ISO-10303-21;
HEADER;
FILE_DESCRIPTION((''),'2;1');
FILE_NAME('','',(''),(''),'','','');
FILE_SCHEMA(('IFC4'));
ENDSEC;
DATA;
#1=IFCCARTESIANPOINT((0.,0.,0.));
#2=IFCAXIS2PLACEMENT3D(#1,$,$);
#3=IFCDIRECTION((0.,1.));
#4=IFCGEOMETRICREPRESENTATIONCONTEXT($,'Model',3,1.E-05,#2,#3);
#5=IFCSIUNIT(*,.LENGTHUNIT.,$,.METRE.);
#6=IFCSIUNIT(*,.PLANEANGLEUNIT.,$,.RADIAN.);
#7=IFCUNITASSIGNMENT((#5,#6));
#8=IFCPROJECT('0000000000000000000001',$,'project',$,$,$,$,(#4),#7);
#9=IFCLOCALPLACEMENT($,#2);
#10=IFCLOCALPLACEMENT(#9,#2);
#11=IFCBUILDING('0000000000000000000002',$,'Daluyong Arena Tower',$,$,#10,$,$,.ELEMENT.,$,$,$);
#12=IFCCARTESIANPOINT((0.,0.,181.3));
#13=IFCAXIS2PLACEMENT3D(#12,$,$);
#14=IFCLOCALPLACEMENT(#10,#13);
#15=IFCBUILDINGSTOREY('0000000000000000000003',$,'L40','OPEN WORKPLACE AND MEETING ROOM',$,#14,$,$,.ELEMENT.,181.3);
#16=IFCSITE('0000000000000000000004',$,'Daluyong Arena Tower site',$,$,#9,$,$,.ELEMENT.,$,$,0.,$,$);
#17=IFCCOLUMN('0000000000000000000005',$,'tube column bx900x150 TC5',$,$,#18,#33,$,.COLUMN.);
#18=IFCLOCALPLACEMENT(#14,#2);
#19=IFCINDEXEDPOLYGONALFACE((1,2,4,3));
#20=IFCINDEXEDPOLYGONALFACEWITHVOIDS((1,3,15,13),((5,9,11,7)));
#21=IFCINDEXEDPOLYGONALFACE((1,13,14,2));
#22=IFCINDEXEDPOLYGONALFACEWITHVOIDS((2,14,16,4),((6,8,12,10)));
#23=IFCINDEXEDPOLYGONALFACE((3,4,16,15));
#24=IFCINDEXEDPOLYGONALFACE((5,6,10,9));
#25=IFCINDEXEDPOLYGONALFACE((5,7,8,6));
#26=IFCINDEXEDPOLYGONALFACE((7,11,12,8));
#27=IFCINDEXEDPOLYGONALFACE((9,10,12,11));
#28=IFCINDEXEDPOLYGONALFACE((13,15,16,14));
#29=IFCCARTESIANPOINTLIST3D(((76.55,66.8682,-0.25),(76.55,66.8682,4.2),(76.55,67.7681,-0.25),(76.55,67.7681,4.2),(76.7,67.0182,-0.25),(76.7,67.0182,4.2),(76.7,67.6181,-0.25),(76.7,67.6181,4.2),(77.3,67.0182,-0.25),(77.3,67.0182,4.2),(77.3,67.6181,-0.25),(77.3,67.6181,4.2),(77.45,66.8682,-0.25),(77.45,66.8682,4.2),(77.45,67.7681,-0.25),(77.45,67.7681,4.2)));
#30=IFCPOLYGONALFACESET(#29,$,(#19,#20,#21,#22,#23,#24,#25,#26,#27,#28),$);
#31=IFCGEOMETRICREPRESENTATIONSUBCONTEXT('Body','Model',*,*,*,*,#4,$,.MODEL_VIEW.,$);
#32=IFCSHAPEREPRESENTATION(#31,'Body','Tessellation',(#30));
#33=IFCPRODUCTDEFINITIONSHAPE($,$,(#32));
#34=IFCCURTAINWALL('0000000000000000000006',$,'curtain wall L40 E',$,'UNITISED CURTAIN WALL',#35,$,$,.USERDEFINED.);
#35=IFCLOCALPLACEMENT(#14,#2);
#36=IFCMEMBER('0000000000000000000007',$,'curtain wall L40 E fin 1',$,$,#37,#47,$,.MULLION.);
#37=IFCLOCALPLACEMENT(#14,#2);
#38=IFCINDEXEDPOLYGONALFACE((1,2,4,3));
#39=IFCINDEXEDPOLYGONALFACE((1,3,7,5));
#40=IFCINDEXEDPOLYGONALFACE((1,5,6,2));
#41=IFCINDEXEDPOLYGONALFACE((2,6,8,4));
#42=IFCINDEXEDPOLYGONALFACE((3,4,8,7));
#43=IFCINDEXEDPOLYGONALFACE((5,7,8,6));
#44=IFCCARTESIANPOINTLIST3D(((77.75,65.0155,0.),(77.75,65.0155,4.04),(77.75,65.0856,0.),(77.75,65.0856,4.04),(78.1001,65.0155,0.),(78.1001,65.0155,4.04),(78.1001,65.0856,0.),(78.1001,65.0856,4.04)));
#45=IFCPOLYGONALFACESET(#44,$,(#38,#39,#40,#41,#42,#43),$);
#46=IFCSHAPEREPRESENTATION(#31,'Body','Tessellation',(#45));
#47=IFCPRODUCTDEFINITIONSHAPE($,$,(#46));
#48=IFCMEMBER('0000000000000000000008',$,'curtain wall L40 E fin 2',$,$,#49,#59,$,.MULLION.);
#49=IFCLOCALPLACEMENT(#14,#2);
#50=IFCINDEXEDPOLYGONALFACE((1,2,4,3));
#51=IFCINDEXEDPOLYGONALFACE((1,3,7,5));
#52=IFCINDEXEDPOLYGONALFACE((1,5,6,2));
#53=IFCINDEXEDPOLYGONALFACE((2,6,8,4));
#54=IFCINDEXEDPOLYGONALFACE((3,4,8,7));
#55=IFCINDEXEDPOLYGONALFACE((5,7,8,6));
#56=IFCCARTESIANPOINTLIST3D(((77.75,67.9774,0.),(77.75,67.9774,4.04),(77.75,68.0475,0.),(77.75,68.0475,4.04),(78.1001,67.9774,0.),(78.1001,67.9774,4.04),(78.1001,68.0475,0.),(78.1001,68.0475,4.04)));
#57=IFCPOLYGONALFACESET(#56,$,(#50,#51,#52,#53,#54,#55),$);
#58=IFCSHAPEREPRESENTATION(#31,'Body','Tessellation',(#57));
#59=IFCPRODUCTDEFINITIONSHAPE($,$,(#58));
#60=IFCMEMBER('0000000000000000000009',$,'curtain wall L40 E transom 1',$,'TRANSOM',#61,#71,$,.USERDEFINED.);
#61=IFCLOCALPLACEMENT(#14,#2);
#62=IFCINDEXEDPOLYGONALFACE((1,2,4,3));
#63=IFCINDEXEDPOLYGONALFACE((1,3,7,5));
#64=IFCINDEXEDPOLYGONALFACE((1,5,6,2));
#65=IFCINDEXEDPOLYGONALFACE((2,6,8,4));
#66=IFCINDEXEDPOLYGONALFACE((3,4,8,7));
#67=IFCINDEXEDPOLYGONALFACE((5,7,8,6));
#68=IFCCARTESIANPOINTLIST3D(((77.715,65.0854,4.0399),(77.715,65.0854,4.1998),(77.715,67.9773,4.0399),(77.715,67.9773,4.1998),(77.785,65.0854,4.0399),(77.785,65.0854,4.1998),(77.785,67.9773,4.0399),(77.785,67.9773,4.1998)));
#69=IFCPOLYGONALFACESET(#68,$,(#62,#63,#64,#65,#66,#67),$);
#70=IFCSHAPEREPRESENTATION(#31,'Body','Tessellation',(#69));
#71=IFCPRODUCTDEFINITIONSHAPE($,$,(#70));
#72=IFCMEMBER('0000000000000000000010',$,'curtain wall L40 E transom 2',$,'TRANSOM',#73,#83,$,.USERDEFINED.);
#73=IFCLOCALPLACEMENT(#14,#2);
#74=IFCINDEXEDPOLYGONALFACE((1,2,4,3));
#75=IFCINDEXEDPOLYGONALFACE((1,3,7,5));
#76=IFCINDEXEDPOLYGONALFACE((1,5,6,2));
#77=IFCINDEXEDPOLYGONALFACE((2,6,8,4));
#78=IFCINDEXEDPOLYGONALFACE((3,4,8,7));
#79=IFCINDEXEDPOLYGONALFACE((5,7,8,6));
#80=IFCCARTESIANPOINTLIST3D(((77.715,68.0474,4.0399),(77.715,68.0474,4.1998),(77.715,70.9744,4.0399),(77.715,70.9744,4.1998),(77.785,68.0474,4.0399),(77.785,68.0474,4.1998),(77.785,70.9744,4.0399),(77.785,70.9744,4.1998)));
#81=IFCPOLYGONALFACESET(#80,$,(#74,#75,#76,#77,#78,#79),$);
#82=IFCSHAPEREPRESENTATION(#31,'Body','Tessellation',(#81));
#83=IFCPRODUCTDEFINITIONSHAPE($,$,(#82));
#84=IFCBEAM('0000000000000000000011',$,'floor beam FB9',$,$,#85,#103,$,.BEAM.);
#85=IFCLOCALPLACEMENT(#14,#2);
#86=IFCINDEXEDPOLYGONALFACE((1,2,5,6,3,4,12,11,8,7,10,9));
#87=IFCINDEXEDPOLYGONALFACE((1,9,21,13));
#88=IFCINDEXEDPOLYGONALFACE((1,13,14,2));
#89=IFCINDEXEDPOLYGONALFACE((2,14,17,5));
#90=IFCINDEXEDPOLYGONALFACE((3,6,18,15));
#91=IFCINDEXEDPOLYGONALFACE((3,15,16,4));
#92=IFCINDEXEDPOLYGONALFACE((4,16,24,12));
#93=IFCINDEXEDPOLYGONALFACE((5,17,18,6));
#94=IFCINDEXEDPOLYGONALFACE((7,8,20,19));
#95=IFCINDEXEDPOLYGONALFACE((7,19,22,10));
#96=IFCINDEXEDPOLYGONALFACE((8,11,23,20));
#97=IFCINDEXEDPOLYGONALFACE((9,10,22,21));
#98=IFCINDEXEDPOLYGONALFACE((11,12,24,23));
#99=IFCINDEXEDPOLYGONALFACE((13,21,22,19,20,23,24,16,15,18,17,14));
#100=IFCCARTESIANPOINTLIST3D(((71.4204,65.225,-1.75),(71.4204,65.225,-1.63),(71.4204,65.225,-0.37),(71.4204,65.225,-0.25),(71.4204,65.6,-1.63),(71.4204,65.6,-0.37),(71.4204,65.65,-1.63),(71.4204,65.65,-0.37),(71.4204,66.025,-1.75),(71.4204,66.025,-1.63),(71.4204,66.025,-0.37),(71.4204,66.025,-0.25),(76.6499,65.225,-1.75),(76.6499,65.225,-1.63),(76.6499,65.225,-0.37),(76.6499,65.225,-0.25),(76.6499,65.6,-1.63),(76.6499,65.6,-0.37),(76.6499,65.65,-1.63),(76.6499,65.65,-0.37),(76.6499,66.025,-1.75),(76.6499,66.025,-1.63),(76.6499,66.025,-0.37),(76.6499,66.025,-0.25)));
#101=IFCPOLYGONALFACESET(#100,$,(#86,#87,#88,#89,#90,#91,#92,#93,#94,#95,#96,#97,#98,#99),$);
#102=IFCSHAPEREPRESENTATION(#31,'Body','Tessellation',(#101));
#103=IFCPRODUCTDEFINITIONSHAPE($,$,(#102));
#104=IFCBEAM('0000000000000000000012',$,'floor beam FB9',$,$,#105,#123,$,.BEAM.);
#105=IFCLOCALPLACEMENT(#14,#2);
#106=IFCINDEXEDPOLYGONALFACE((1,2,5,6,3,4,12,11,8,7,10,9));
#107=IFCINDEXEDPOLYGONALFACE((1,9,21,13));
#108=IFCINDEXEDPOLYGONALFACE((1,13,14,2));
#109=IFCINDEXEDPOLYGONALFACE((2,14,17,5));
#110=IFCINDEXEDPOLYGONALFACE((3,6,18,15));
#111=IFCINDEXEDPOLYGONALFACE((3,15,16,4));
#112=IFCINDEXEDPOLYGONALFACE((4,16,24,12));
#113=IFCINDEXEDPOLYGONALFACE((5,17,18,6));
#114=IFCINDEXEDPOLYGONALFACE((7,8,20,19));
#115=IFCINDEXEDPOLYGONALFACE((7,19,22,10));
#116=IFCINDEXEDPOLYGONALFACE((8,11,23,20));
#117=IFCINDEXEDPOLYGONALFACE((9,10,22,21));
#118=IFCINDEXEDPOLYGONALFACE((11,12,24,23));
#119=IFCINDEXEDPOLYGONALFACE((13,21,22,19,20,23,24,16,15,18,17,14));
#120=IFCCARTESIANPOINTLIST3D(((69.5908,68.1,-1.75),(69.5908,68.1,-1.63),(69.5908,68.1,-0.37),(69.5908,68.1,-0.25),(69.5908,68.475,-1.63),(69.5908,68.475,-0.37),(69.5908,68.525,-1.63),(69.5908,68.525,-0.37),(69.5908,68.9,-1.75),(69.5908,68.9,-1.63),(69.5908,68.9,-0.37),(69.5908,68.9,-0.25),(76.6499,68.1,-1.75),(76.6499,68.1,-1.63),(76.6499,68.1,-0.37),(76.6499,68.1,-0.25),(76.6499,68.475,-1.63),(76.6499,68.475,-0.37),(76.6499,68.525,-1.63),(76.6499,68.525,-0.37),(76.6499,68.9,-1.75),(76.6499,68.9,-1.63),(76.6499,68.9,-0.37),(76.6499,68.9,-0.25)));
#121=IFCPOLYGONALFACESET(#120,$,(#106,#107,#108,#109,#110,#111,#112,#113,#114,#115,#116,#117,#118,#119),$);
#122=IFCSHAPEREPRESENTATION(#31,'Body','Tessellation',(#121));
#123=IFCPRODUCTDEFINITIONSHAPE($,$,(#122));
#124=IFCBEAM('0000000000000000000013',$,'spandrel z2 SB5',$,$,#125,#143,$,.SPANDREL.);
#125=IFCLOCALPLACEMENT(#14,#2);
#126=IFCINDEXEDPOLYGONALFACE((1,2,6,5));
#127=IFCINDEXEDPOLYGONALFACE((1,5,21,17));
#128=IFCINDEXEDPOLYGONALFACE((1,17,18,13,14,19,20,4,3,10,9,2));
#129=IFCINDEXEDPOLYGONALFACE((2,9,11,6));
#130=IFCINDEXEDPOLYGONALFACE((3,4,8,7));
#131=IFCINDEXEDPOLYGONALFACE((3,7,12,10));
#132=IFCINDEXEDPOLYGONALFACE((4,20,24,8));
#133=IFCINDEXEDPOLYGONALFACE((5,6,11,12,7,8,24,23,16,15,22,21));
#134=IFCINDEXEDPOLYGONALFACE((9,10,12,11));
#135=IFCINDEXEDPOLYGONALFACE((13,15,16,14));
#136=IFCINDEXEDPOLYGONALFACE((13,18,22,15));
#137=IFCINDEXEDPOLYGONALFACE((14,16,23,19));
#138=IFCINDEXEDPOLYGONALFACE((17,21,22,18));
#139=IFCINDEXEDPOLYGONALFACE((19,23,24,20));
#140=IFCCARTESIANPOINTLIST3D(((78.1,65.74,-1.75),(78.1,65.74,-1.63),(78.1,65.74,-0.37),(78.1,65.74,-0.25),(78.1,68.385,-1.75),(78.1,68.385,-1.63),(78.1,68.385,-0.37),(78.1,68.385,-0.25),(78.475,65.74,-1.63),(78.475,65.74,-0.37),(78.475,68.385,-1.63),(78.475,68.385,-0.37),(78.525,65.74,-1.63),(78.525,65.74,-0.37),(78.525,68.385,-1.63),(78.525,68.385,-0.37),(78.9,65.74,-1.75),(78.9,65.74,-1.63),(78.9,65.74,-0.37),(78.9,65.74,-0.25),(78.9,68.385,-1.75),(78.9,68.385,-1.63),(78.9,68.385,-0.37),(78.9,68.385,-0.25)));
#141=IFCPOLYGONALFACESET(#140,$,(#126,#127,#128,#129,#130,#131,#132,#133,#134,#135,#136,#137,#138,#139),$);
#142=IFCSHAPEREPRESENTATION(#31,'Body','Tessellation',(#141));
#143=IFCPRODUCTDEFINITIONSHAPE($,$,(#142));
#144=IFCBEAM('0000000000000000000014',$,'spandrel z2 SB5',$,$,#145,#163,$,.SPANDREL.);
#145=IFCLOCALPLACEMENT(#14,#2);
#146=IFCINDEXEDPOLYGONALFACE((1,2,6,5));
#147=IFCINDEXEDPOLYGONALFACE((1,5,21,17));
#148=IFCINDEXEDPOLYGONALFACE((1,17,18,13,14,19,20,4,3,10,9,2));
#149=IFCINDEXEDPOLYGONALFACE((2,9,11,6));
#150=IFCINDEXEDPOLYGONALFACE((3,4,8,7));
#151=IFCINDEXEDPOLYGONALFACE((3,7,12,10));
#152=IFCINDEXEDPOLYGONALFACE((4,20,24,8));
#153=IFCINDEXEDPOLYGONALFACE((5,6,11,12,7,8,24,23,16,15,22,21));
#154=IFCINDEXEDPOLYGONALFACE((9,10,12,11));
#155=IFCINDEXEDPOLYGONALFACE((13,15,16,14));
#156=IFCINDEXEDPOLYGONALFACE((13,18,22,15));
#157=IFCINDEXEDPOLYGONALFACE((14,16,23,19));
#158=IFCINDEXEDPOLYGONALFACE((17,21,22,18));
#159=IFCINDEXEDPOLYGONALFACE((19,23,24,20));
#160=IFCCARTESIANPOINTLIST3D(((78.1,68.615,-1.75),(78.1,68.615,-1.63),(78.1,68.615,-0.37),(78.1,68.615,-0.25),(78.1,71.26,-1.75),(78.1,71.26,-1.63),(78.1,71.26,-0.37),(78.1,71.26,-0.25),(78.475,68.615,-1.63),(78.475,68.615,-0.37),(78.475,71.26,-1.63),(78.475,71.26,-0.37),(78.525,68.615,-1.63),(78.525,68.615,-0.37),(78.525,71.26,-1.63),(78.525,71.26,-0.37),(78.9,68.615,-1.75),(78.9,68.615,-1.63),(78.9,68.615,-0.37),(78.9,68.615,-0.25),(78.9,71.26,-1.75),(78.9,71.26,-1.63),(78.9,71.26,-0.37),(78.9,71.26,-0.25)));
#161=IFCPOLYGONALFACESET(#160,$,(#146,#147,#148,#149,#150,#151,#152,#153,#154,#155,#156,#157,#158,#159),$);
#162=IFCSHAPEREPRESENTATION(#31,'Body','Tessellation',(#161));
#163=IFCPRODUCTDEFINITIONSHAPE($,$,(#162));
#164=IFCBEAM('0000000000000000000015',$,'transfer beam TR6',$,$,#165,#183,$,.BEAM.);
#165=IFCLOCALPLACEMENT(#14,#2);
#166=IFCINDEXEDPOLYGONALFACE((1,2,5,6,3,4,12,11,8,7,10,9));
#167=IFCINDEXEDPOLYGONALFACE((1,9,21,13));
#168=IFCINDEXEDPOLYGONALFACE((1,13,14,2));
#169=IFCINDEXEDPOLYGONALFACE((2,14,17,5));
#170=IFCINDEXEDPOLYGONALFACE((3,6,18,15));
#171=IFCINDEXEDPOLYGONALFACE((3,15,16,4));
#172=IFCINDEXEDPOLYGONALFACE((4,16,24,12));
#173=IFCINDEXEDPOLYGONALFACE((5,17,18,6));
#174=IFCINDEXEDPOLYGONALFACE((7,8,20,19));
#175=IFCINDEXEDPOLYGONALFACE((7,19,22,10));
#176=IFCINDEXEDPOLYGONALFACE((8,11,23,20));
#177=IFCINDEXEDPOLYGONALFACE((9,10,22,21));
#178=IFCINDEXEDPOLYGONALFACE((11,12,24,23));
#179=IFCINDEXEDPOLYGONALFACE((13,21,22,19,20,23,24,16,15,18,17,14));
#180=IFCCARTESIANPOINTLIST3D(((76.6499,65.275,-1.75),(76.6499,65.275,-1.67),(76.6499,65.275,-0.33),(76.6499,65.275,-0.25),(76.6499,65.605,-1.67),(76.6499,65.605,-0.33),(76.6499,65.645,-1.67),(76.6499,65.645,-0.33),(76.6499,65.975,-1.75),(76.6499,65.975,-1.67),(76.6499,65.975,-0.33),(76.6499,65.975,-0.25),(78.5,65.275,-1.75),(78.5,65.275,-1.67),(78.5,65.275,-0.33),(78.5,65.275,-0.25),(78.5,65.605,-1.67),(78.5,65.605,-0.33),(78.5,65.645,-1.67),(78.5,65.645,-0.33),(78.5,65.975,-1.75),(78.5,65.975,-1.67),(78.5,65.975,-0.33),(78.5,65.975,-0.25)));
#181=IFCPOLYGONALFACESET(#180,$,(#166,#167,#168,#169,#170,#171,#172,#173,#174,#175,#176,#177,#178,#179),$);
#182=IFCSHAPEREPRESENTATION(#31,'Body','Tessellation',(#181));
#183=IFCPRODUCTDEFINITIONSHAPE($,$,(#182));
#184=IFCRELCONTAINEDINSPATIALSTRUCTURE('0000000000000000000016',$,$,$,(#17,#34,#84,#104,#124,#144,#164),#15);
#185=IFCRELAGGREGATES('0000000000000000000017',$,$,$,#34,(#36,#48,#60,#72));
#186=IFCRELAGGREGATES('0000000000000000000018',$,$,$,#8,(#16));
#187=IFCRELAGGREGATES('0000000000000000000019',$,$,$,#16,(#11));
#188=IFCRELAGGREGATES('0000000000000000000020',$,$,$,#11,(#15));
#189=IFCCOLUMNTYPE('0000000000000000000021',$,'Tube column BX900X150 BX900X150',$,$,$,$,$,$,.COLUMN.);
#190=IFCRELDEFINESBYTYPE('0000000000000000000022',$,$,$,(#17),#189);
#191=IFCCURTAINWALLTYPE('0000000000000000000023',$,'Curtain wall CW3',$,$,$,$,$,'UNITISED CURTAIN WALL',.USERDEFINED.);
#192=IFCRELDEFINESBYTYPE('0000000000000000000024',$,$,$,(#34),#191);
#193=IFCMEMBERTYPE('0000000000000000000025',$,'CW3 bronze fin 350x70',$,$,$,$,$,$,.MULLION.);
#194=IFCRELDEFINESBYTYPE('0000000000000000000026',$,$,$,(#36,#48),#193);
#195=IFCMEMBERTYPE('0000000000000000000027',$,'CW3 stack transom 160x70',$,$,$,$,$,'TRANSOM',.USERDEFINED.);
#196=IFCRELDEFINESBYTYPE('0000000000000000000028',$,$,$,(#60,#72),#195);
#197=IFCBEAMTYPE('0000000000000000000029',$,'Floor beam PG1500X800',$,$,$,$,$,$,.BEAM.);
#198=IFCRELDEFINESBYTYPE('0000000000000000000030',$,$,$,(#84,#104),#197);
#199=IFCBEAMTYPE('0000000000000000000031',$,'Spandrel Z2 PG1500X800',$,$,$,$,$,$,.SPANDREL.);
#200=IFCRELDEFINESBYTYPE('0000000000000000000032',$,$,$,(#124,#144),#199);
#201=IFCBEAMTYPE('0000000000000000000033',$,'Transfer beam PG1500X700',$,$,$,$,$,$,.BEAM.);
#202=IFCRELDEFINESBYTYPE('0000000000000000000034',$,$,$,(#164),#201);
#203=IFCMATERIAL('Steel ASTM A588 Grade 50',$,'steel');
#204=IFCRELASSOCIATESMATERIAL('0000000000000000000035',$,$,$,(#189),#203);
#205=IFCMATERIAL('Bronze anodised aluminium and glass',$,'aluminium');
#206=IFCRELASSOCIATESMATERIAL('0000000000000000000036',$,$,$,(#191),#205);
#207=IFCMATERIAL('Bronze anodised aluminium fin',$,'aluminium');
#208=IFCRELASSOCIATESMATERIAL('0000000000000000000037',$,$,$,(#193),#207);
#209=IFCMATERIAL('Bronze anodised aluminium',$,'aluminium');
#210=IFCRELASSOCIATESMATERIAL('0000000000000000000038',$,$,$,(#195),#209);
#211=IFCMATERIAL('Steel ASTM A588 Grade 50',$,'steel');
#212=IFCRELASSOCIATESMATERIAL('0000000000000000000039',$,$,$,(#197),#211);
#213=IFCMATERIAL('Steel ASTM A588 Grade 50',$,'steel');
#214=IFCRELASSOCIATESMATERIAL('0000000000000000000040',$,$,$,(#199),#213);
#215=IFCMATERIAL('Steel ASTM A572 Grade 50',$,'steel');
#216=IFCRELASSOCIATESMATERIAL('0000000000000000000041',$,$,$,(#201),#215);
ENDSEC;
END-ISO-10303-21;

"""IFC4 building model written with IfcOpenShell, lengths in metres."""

from ifc_helpers import new_model, si_unit, direction, frame, origin, origin_2d, place, context, subcontext, project, spatial, rectangle, hollow_rectangle, i_section, extrude, material, material_profile, profile_set, type_object, element, aggregate, save


model = new_model("IFC4")

# Units and contexts
model_context = context("Model", 3, precision=1e-05, world=origin(), true_north=direction((0.0, 1.0)))
body_context = subcontext(model_context, "Body", "Model", "MODEL_VIEW")
ifc_project = project(units=[si_unit("LENGTHUNIT", "METRE"), si_unit("PLANEANGLEUNIT", "RADIAN")], contexts=[model_context])

# Site, building, storey
site_placement = place(None, origin())
site = spatial("IfcSite", under=ifc_project, at=site_placement, Name="Daluyong Arena Tower site", CompositionType="ELEMENT", RefElevation=0.0)
building_placement = place(site_placement, origin())
building = spatial("IfcBuilding", under=site, at=building_placement, Name="Daluyong Arena Tower", CompositionType="ELEMENT")
storey_placement = place(building_placement, frame((0.0, 0.0, 181.3)))
storey = spatial("IfcBuildingStorey", under=building, at=storey_placement, Name="L40", Description="OPEN WORKPLACE AND MEETING ROOM", CompositionType="ELEMENT", Elevation=181.3)

# Column
ifc_material_1 = material(Name="Steel ASTM A588 Grade 50", Category="steel")
ifc_material_profile_1 = material_profile(ifc_material_1, hollow_rectangle(XDim=0.8999, YDim=0.8999, WallThickness=0.15, at=origin_2d()))
ifc_profile_set_1 = profile_set([ifc_material_profile_1], Name="Steel ASTM A588 Grade 50")
column_type = type_object("IfcColumnType", Name="Tube column BX900X150 BX900X150", PredefinedType="COLUMN", material=ifc_profile_set_1)
column_placement = place(storey_placement, frame((77.0, 67.3181, -0.25), z_axis=(0.0, 0.0, 1.0), x_axis=(0.0, 1.0, 0.0)))
element("IfcColumn", 1, at=column_placement, inside=storey, type_object=column_type, Name="tube column bx900x150 TC5", PredefinedType="COLUMN", context=body_context, shape_type="SweptSolid", body=[
    extrude(hollow_rectangle(XDim=0.8999, YDim=0.8999, WallThickness=0.15, at=origin_2d()), origin(), (0.0, 0.0, 1.0), 4.45),
])

# Curtain wall, members
ifc_material_2 = material(Name="Bronze anodised aluminium and glass", Category="aluminium")
curtain_wall_type = type_object("IfcCurtainWallType", Name="Curtain wall CW3", ElementType="UNITISED CURTAIN WALL", PredefinedType="USERDEFINED", material=ifc_material_2)
curtain_wall_placement = place(storey_placement, origin())
curtain_wall = element("IfcCurtainWall", 2, at=curtain_wall_placement, inside=storey, type_object=curtain_wall_type, Name="curtain wall L40 E", ObjectType="UNITISED CURTAIN WALL", PredefinedType="USERDEFINED")
ifc_material_3 = material(Name="Bronze anodised aluminium fin", Category="aluminium")
ifc_material_profile_2 = material_profile(ifc_material_3, rectangle(XDim=0.3501, YDim=0.0701, at=origin_2d()))
ifc_profile_set_2 = profile_set([ifc_material_profile_2], Name="Bronze anodised aluminium fin")
member_type_1 = type_object("IfcMemberType", Name="CW3 bronze fin 350x70", PredefinedType="MULLION", material=ifc_profile_set_2)
member_1_placement = place(storey_placement, frame((77.925, 65.0505, 0.0), z_axis=(0.0, 0.0, 1.0), x_axis=(-1.0, 0.0, 0.0)))
member_1 = element("IfcMember", 3, at=member_1_placement, type_object=member_type_1, Name="curtain wall L40 E fin 1", PredefinedType="MULLION", context=body_context, shape_type="SweptSolid", body=[
    extrude(rectangle(XDim=0.3501, YDim=0.0701, at=origin_2d()), origin(), (0.0, 0.0, 1.0), 4.04),
])
member_2_placement = place(storey_placement, frame((77.925, 68.0125, 0.0), z_axis=(0.0, 0.0, 1.0), x_axis=(-1.0, 0.0, 0.0)))
member_2 = element("IfcMember", 4, at=member_2_placement, type_object=member_type_1, Name="curtain wall L40 E fin 2", PredefinedType="MULLION", context=body_context, shape_type="SweptSolid", body=[
    extrude(rectangle(XDim=0.3501, YDim=0.0701, at=origin_2d()), origin(), (0.0, 0.0, 1.0), 4.04),
])
ifc_material_4 = material(Name="Bronze anodised aluminium", Category="aluminium")
ifc_material_profile_3 = material_profile(ifc_material_4, rectangle(XDim=0.0701, YDim=0.1599, at=origin_2d()))
ifc_profile_set_3 = profile_set([ifc_material_profile_3], Name="Bronze anodised aluminium")
member_type_2 = type_object("IfcMemberType", Name="CW3 stack transom 160x70", ElementType="TRANSOM", PredefinedType="USERDEFINED", material=ifc_profile_set_3)
member_3_placement = place(storey_placement, frame((77.75, 65.0854, 4.1199), z_axis=(0.0, 1.0, 0.0), x_axis=(-1.0, 0.0, 0.0)))
member_3 = element("IfcMember", 5, at=member_3_placement, type_object=member_type_2, Name="curtain wall L40 E transom 1", ObjectType="TRANSOM", PredefinedType="USERDEFINED", context=body_context, shape_type="SweptSolid", body=[
    extrude(rectangle(XDim=0.0701, YDim=0.1599, at=origin_2d()), origin(), (0.0, 0.0, 1.0), 2.8918),
])
member_4_placement = place(storey_placement, frame((77.75, 68.0474, 4.1199), z_axis=(0.0, 1.0, 0.0), x_axis=(-1.0, 0.0, 0.0)))
member_4 = element("IfcMember", 6, at=member_4_placement, type_object=member_type_2, Name="curtain wall L40 E transom 2", ObjectType="TRANSOM", PredefinedType="USERDEFINED", context=body_context, shape_type="SweptSolid", body=[
    extrude(rectangle(XDim=0.0701, YDim=0.1599, at=origin_2d()), origin(), (0.0, 0.0, 1.0), 2.927),
])

# Beams
ifc_material_5 = material(Name="Steel ASTM A588 Grade 50", Category="steel")
ifc_material_profile_4 = material_profile(ifc_material_5, i_section(OverallWidth=0.8, OverallDepth=1.5, WebThickness=0.05, FlangeThickness=0.12, at=origin_2d()))
ifc_profile_set_4 = profile_set([ifc_material_profile_4], Name="Steel ASTM A588 Grade 50")
beam_type_1 = type_object("IfcBeamType", Name="Floor beam PG1500X800", PredefinedType="BEAM", material=ifc_profile_set_4)
beam_1_placement = place(storey_placement, frame((76.6499, 65.625, -1.0), z_axis=(-1.0, 0.0, 0.0), x_axis=(0.0, -1.0, 0.0)))
element("IfcBeam", 7, at=beam_1_placement, inside=storey, type_object=beam_type_1, Name="floor beam FB9", PredefinedType="BEAM", context=body_context, shape_type="SweptSolid", body=[
    extrude(i_section(OverallWidth=0.8, OverallDepth=1.5, WebThickness=0.05, FlangeThickness=0.12, at=origin_2d()), origin(), (0.0, 0.0, 1.0), 5.2295),
])
beam_2_placement = place(storey_placement, frame((76.6499, 68.5, -1.0), z_axis=(-1.0, 0.0, 0.0), x_axis=(0.0, -1.0, 0.0)))
element("IfcBeam", 8, at=beam_2_placement, inside=storey, type_object=beam_type_1, Name="floor beam FB9", PredefinedType="BEAM", context=body_context, shape_type="SweptSolid", body=[
    extrude(i_section(OverallWidth=0.8, OverallDepth=1.5, WebThickness=0.05, FlangeThickness=0.12, at=origin_2d()), origin(), (0.0, 0.0, 1.0), 7.0591),
])
ifc_material_6 = material(Name="Steel ASTM A588 Grade 50", Category="steel")
ifc_material_profile_5 = material_profile(ifc_material_6, i_section(OverallWidth=0.8, OverallDepth=1.5, WebThickness=0.05, FlangeThickness=0.12, at=origin_2d()))
ifc_profile_set_5 = profile_set([ifc_material_profile_5], Name="Steel ASTM A588 Grade 50")
beam_type_2 = type_object("IfcBeamType", Name="Spandrel Z2 PG1500X800", PredefinedType="SPANDREL", material=ifc_profile_set_5)
for number, where, z_axis, x_axis, name in (
    (9, (78.5, 65.74, -1.0), (0.0, 1.0, 0.0), (-1.0, 0.0, 0.0), "spandrel z2 SB5"),
    (10, (78.5, 68.615, -1.0), (0.0, 1.0, 0.0), (-1.0, 0.0, 0.0), "spandrel z2 SB5"),
):
    element("IfcBeam", number, at=place(storey_placement, frame(where, z_axis=z_axis, x_axis=x_axis)), inside=storey, type_object=beam_type_2, Name=name, PredefinedType="SPANDREL", context=body_context, shape_type="SweptSolid", body=[
        extrude(i_section(OverallWidth=0.8, OverallDepth=1.5, WebThickness=0.05, FlangeThickness=0.12, at=origin_2d()), origin(), (0.0, 0.0, 1.0), 2.645),
    ])
ifc_material_7 = material(Name="Steel ASTM A572 Grade 50", Category="steel")
ifc_material_profile_6 = material_profile(ifc_material_7, i_section(OverallWidth=0.7, OverallDepth=1.5, WebThickness=0.04, FlangeThickness=0.08, at=origin_2d()))
ifc_profile_set_6 = profile_set([ifc_material_profile_6], Name="Steel ASTM A572 Grade 50")
beam_type_3 = type_object("IfcBeamType", Name="Transfer beam PG1500X700", PredefinedType="BEAM", material=ifc_profile_set_6)
for number, where, z_axis, x_axis, name in (
    (11, (78.5, 65.625, -1.0), (-1.0, 0.0, 0.0), (0.0, -1.0, 0.0), "transfer beam TR6"),
):
    element("IfcBeam", number, at=place(storey_placement, frame(where, z_axis=z_axis, x_axis=x_axis)), inside=storey, type_object=beam_type_3, Name=name, PredefinedType="BEAM", context=body_context, shape_type="SweptSolid", body=[
        extrude(i_section(OverallWidth=0.7, OverallDepth=1.5, WebThickness=0.04, FlangeThickness=0.08, at=origin_2d()), origin(), (0.0, 0.0, 1.0), 1.8501),
    ])

aggregate(curtain_wall, [member_1, member_2, member_3, member_4])

save(model, "model.ifc")
